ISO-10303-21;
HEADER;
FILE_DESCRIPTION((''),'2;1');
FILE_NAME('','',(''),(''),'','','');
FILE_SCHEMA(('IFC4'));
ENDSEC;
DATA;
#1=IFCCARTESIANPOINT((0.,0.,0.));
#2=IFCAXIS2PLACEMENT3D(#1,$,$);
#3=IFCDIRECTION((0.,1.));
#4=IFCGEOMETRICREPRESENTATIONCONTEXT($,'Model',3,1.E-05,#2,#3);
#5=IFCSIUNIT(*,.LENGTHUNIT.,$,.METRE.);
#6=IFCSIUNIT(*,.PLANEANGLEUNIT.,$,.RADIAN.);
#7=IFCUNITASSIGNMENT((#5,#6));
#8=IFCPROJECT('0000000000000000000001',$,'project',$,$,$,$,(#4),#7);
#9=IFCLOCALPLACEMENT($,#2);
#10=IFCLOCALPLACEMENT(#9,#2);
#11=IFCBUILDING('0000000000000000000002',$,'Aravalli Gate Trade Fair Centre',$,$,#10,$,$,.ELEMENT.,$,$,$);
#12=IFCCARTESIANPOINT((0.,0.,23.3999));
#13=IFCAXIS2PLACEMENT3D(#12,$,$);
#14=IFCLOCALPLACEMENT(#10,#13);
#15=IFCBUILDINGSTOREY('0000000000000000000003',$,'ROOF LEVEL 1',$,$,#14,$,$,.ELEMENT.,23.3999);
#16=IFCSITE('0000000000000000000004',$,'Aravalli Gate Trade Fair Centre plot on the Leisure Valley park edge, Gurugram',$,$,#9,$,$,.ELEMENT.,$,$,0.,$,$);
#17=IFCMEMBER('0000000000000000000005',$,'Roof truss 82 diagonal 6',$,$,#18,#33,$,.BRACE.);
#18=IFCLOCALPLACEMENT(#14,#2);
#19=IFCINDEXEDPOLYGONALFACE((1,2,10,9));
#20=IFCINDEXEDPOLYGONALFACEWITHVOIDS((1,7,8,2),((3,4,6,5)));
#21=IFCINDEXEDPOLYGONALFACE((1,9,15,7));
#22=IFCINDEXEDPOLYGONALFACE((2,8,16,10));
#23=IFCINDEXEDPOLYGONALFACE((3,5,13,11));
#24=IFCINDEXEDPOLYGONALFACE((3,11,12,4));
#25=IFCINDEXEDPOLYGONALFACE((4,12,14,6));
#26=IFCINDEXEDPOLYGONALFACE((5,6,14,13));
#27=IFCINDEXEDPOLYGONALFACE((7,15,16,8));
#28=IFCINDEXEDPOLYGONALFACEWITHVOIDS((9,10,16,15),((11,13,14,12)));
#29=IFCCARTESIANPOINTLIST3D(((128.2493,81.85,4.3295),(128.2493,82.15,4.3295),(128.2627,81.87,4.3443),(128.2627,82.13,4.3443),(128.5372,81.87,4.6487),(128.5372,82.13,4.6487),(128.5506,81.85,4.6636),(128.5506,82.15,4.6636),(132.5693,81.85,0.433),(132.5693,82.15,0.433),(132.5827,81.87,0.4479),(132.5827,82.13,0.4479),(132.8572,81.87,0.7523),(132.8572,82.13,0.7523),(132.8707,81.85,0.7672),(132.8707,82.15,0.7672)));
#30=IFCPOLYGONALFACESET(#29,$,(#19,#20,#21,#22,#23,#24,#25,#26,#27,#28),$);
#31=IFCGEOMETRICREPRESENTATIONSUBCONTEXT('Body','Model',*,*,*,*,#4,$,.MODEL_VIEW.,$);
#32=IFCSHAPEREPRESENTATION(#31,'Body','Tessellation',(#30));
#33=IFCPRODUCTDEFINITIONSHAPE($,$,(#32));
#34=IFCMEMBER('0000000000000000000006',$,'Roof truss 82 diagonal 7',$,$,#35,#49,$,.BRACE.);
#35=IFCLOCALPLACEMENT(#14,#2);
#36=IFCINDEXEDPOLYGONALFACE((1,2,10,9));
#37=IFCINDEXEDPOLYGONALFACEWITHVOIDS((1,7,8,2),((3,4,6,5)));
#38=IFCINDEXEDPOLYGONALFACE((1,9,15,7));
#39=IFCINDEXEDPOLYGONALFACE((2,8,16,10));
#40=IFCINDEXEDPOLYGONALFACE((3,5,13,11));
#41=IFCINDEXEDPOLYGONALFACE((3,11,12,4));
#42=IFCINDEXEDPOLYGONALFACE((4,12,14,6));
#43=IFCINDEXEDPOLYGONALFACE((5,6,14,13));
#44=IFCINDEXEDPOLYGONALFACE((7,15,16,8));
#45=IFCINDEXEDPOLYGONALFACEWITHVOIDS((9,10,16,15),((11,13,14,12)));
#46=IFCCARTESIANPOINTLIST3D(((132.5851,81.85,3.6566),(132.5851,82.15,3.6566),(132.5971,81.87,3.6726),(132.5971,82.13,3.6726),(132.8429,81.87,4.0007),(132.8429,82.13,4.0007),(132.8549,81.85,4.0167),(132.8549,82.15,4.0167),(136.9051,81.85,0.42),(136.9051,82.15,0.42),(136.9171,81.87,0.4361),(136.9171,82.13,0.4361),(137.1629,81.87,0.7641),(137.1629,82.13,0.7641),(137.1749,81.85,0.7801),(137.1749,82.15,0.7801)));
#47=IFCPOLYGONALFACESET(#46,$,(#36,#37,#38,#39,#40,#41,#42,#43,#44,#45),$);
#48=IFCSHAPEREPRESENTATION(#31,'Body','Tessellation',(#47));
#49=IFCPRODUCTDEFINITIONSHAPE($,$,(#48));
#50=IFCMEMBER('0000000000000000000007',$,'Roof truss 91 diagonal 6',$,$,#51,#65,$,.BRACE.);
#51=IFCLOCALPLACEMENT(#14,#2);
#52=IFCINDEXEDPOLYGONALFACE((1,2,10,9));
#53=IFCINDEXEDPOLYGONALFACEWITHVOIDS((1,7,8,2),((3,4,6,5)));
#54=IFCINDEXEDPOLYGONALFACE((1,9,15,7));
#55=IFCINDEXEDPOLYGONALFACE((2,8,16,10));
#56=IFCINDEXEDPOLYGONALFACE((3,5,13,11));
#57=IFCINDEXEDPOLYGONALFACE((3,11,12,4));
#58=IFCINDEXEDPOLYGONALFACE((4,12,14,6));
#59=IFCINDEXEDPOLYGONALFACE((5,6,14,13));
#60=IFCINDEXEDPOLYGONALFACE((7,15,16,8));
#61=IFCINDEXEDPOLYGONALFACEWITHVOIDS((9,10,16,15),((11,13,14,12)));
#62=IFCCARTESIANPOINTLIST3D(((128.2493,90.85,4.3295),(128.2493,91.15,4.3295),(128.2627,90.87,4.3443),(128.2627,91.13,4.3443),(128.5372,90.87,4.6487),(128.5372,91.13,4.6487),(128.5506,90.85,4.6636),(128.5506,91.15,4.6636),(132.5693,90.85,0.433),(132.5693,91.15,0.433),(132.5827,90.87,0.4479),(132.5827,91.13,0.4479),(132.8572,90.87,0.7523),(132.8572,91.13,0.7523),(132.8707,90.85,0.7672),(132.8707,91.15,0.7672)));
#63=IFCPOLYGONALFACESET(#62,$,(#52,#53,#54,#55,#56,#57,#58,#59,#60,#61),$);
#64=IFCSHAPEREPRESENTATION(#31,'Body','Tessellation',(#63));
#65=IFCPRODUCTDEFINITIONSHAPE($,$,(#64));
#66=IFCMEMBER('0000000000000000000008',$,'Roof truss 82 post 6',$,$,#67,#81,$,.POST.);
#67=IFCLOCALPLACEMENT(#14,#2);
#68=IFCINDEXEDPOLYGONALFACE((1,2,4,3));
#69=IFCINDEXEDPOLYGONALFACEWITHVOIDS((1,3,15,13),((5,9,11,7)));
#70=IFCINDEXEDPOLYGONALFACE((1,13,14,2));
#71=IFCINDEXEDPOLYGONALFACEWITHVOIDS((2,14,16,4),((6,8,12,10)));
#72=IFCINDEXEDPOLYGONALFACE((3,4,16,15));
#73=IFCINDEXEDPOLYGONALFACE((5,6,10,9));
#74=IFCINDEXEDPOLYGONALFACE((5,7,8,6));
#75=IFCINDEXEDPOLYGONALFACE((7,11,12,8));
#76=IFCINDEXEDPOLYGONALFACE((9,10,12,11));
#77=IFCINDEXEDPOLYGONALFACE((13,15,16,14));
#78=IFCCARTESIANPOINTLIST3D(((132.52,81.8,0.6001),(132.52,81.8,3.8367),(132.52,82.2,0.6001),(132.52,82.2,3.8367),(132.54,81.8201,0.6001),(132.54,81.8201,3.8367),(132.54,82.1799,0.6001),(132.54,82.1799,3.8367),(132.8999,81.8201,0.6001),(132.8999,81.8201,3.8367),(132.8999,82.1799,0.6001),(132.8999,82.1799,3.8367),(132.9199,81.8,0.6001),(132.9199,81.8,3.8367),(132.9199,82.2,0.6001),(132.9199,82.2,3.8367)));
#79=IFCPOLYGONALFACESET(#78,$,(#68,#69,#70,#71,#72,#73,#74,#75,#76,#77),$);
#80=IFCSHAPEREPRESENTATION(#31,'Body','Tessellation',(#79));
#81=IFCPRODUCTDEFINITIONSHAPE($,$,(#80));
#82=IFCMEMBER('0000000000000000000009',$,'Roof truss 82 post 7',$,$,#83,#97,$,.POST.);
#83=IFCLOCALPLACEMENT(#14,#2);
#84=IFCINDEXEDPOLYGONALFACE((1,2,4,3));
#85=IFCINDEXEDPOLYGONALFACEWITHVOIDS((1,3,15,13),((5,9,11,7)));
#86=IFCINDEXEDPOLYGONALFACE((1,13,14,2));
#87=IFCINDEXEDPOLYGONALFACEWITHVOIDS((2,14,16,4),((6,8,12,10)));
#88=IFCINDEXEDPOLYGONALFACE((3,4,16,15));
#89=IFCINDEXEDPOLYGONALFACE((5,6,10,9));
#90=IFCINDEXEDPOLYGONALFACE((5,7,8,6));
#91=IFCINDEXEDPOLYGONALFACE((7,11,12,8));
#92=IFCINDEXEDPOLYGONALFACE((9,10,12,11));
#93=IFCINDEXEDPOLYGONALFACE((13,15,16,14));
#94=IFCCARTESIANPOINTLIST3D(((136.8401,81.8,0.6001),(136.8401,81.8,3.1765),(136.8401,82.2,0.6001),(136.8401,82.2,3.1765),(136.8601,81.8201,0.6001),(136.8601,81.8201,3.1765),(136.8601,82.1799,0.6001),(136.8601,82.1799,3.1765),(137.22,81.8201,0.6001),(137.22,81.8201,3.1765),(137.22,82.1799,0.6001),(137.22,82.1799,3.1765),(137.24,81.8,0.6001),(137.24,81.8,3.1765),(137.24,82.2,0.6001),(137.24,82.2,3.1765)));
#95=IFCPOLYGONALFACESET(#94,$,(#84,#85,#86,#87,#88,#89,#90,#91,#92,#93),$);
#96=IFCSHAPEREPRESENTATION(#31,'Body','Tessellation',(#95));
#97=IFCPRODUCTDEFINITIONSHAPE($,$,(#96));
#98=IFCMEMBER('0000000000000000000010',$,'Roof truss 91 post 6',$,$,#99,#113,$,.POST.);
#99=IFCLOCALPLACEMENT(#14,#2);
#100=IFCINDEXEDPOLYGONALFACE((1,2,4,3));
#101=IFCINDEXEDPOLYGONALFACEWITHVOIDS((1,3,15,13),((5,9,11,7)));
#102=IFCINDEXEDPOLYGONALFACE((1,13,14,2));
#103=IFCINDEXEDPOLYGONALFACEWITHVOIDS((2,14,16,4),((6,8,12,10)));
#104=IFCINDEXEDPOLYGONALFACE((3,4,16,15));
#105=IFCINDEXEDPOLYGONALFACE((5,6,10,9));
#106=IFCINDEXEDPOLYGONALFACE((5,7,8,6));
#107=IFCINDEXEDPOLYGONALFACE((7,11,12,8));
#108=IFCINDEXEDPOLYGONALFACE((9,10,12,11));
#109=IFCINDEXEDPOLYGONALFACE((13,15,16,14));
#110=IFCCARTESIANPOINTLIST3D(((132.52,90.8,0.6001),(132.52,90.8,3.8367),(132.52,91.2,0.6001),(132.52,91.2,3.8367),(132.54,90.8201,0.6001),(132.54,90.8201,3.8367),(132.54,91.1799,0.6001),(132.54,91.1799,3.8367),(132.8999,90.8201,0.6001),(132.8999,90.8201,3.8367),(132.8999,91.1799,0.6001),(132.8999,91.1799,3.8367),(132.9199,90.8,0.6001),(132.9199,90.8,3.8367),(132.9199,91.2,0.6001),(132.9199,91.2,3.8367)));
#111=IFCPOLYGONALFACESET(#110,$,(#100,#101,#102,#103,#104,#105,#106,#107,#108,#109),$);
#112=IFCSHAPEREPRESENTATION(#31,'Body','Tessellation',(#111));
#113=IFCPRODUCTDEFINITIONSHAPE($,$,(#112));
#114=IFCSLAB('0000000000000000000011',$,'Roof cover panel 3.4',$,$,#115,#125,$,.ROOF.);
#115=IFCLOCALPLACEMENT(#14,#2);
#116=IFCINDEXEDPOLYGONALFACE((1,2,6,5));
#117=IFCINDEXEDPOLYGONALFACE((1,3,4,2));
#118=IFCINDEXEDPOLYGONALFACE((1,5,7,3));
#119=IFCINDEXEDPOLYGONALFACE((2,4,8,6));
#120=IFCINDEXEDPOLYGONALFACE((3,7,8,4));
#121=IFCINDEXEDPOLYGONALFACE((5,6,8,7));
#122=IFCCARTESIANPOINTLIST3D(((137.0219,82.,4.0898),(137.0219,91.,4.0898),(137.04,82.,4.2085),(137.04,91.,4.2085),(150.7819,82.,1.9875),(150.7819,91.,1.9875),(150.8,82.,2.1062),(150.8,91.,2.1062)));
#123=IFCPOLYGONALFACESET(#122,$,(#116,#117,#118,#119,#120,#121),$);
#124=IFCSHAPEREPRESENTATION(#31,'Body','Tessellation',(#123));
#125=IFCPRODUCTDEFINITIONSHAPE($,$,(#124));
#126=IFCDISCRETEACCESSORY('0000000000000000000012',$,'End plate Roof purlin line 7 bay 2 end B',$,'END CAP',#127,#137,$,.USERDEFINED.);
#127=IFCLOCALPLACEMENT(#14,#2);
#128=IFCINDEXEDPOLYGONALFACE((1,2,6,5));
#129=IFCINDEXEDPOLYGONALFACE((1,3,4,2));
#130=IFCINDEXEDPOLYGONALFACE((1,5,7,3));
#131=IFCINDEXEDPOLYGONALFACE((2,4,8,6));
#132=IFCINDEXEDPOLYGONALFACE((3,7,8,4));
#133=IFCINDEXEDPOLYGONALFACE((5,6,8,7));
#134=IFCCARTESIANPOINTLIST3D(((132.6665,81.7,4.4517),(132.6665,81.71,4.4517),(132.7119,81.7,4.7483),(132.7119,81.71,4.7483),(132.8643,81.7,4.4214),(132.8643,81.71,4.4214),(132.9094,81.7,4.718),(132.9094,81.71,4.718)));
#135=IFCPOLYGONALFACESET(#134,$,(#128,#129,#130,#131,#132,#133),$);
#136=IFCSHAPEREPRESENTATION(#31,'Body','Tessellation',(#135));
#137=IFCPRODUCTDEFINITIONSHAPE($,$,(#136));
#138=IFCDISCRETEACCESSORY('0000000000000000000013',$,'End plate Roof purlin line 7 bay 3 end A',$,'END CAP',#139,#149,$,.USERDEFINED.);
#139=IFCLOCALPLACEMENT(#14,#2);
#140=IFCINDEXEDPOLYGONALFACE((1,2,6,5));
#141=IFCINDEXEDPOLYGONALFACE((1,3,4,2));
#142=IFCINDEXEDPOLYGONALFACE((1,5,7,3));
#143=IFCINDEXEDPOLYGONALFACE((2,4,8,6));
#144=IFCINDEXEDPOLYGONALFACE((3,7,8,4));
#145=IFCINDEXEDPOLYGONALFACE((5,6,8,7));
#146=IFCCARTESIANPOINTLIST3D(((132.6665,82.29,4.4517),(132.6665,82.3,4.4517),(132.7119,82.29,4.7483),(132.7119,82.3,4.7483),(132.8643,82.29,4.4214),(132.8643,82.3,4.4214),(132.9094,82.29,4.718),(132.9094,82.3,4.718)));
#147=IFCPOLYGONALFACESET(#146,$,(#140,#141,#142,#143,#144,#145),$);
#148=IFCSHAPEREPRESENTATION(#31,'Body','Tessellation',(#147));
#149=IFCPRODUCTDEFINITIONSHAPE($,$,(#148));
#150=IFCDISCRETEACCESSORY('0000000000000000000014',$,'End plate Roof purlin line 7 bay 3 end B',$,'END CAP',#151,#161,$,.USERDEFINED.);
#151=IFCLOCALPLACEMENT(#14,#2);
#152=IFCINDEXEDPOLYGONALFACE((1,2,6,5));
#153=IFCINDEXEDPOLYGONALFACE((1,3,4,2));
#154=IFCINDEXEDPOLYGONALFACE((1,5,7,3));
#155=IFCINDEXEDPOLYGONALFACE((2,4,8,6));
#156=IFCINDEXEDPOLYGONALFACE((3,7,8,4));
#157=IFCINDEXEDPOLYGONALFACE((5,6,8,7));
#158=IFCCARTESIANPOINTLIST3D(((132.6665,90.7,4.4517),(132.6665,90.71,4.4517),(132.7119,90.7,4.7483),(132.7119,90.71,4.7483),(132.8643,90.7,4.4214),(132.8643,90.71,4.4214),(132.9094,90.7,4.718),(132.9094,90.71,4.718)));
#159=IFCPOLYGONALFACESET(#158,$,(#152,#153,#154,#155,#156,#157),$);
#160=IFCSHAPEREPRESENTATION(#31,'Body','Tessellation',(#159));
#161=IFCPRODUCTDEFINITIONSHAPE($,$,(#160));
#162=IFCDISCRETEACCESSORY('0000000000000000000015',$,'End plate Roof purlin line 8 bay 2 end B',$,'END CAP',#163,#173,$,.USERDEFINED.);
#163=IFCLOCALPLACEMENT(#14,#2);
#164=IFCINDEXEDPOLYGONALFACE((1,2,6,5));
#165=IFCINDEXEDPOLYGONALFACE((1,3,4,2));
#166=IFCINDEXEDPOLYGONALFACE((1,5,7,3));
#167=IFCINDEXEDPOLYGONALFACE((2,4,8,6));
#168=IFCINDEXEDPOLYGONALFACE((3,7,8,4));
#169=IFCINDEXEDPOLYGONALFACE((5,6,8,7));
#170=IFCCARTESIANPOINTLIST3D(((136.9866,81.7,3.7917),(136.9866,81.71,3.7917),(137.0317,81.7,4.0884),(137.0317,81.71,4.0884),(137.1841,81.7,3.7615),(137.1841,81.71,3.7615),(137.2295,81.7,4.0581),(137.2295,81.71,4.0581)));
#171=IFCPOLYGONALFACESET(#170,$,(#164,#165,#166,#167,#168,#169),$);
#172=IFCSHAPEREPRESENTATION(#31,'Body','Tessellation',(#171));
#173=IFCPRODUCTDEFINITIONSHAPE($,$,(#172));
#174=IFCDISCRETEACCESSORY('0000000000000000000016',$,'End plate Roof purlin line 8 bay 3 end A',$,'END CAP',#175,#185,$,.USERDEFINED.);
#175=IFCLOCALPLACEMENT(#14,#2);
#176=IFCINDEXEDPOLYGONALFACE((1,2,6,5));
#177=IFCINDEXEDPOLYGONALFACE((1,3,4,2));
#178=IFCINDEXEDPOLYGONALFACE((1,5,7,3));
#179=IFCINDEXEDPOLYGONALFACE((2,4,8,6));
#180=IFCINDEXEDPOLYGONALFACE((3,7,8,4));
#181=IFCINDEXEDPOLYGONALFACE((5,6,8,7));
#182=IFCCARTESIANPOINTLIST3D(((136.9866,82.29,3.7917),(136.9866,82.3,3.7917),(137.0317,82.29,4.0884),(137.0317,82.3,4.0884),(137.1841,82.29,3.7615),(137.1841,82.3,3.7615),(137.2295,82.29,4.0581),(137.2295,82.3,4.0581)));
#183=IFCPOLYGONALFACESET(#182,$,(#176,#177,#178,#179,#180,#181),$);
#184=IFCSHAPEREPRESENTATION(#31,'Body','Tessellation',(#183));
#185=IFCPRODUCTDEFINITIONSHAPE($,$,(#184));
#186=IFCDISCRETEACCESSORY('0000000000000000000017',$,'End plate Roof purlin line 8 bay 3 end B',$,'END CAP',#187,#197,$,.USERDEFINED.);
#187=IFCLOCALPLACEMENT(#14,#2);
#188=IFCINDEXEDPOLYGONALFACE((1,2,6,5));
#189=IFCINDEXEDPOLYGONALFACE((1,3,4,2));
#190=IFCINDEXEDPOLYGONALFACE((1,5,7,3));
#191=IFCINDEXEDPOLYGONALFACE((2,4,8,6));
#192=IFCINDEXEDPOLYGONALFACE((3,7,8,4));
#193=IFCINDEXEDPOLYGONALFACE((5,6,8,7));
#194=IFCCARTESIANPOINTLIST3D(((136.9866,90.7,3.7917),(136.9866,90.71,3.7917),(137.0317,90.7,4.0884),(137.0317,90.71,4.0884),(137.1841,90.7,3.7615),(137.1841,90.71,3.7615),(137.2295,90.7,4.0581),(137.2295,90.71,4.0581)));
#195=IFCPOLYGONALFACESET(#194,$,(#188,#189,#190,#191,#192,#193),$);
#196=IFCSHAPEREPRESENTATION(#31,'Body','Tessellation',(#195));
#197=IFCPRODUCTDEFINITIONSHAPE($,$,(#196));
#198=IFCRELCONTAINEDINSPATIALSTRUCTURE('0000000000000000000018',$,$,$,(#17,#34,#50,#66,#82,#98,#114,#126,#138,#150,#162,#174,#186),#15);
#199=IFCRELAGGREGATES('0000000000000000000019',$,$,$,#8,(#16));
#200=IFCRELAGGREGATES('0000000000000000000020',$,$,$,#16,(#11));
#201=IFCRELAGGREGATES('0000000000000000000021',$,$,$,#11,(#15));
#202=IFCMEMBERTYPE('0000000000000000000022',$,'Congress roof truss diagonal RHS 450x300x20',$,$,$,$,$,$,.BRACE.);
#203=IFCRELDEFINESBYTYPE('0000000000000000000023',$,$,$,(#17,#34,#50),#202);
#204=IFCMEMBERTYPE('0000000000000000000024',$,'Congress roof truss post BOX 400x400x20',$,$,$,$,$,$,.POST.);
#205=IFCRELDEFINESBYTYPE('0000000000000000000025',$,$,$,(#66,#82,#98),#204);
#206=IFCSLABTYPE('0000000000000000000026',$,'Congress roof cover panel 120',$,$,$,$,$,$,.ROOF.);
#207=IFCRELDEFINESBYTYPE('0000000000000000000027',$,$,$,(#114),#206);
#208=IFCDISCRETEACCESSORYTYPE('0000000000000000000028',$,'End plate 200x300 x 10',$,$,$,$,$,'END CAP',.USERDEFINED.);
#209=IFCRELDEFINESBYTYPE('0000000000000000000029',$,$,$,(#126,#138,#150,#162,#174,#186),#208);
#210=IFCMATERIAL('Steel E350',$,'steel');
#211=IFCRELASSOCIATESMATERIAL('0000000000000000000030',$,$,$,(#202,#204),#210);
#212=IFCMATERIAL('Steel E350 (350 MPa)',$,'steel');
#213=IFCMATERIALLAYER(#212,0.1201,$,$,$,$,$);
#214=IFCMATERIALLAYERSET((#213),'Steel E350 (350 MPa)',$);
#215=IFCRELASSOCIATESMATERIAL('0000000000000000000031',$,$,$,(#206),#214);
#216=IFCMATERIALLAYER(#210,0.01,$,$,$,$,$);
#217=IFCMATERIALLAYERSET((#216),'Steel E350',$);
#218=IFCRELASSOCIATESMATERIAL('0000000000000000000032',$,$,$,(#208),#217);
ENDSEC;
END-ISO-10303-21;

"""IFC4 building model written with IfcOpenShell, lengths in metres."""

from ifc_helpers import new_model, si_unit, direction, frame, origin, origin_2d, place, context, subcontext, project, spatial, polyline, hollow_rectangle, outline, extrude, material, layer, layer_set, material_profile, profile_set, type_object, element, save


model = new_model("IFC4")

# Units and contexts
model_context = context("Model", 3, precision=1e-05, world=origin(), true_north=direction((0.0, 1.0)))
body_context = subcontext(model_context, "Body", "Model", "MODEL_VIEW")
ifc_project = project(units=[si_unit("LENGTHUNIT", "METRE"), si_unit("PLANEANGLEUNIT", "RADIAN")], contexts=[model_context])

# Site, building, storey
site_placement = place(None, origin())
site = spatial("IfcSite", under=ifc_project, at=site_placement, Name="Aravalli Gate Trade Fair Centre plot on the Leisure Valley park edge, Gurugram", CompositionType="ELEMENT", RefElevation=0.0)
building_placement = place(site_placement, origin())
building = spatial("IfcBuilding", under=site, at=building_placement, Name="Aravalli Gate Trade Fair Centre", CompositionType="ELEMENT")
storey_placement = place(building_placement, frame((0.0, 0.0, 23.3999)))
storey = spatial("IfcBuildingStorey", under=building, at=storey_placement, Name="ROOF LEVEL 1", CompositionType="ELEMENT", Elevation=23.3999)

# Members
ifc_material_1 = material(Name="Steel E350", Category="steel")
ifc_material_profile_1 = material_profile(ifc_material_1, hollow_rectangle(XDim=0.3, YDim=0.45, WallThickness=0.02, at=origin_2d()), Name="RHS 450x300x20")
ifc_profile_set_1 = profile_set([ifc_material_profile_1], Name="Steel E350")
member_type_1 = type_object("IfcMemberType", Name="Congress roof truss diagonal RHS 450x300x20", PredefinedType="BRACE", material=ifc_profile_set_1)
member_1_placement = place(storey_placement, frame((132.72, 82.0, 0.6001), z_axis=(-0.742574, 0.0, 0.669764), x_axis=(0.0, -1.0, 0.0)))
element("IfcMember", 1, at=member_1_placement, inside=storey, type_object=member_type_1, Name="Roof truss 82 diagonal 6", PredefinedType="BRACE", context=body_context, shape_type="SweptSolid", body=[
    extrude(hollow_rectangle(XDim=0.3, YDim=0.45, WallThickness=0.02, at=origin_2d()), origin(), (0.0, 0.0, 1.0), 5.8176),
])
member_2_placement = place(storey_placement, frame((137.04, 82.0, 0.6001), z_axis=(-0.800309, 0.0, 0.599587), x_axis=(0.0, -1.0, 0.0)))
element("IfcMember", 2, at=member_2_placement, inside=storey, type_object=member_type_1, Name="Roof truss 82 diagonal 7", PredefinedType="BRACE", context=body_context, shape_type="SweptSolid", body=[
    extrude(hollow_rectangle(XDim=0.3, YDim=0.45, WallThickness=0.02, at=origin_2d()), origin(), (0.0, 0.0, 1.0), 5.3979),
])
member_3_placement = place(storey_placement, frame((132.72, 91.0, 0.6001), z_axis=(-0.742574, 0.0, 0.669764), x_axis=(0.0, -1.0, 0.0)))
element("IfcMember", 3, at=member_3_placement, inside=storey, type_object=member_type_1, Name="Roof truss 91 diagonal 6", PredefinedType="BRACE", context=body_context, shape_type="SweptSolid", body=[
    extrude(hollow_rectangle(XDim=0.3, YDim=0.45, WallThickness=0.02, at=origin_2d()), origin(), (0.0, 0.0, 1.0), 5.8176),
])
ifc_material_profile_2 = material_profile(ifc_material_1, hollow_rectangle(XDim=0.3999, YDim=0.3999, WallThickness=0.02, at=origin_2d()), Name="BOX 400x400x20")
ifc_profile_set_2 = profile_set([ifc_material_profile_2], Name="Steel E350")
member_type_2 = type_object("IfcMemberType", Name="Congress roof truss post BOX 400x400x20", PredefinedType="POST", material=ifc_profile_set_2)
member_4_placement = place(storey_placement, frame((132.72, 82.0, 0.6001), z_axis=(0.0, 0.0, 1.0), x_axis=(1.0, 0.0, 0.0)))
element("IfcMember", 4, at=member_4_placement, inside=storey, type_object=member_type_2, Name="Roof truss 82 post 6", PredefinedType="POST", context=body_context, shape_type="SweptSolid", body=[
    extrude(hollow_rectangle(XDim=0.3999, YDim=0.3999, WallThickness=0.02, at=origin_2d()), origin(), (0.0, 0.0, 1.0), 3.2366),
])
member_5_placement = place(storey_placement, frame((137.04, 82.0, 0.6001), z_axis=(0.0, 0.0, 1.0), x_axis=(1.0, 0.0, 0.0)))
element("IfcMember", 5, at=member_5_placement, inside=storey, type_object=member_type_2, Name="Roof truss 82 post 7", PredefinedType="POST", context=body_context, shape_type="SweptSolid", body=[
    extrude(hollow_rectangle(XDim=0.3999, YDim=0.3999, WallThickness=0.02, at=origin_2d()), origin(), (0.0, 0.0, 1.0), 2.5764),
])
member_6_placement = place(storey_placement, frame((132.72, 91.0, 0.6001), z_axis=(0.0, 0.0, 1.0), x_axis=(1.0, 0.0, 0.0)))
element("IfcMember", 6, at=member_6_placement, inside=storey, type_object=member_type_2, Name="Roof truss 91 post 6", PredefinedType="POST", context=body_context, shape_type="SweptSolid", body=[
    extrude(hollow_rectangle(XDim=0.3999, YDim=0.3999, WallThickness=0.02, at=origin_2d()), origin(), (0.0, 0.0, 1.0), 3.2366),
])

# Slab
ifc_material_2 = material(Name="Steel E350 (350 MPa)", Category="steel")
ifc_layer_1 = layer(ifc_material_2, 0.1201)
ifc_layer_set_1 = layer_set([ifc_layer_1], Name="Steel E350 (350 MPa)")
slab_type = type_object("IfcSlabType", Name="Congress roof cover panel 120", PredefinedType="ROOF", material=ifc_layer_set_1)
slab_placement = place(storey_placement, frame((137.04, 82.0, 4.2085), z_axis=(0.15103, 0.0, 0.988529), x_axis=(0.988529, 0.0, -0.15103)))
element("IfcSlab", 7, at=slab_placement, inside=storey, type_object=slab_type, Name="Roof cover panel 3.4", PredefinedType="ROOF", context=body_context, shape_type="SweptSolid", body=[
    extrude(outline(polyline([(0.0, 0.0), (13.9197, 0.0), (13.9197, 9.0), (0.0, 9.0), (0.0, 0.0)])), origin(), (0.0, 0.0, -1.0), 0.1201),
])

# Discrete accessories
ifc_layer_2 = layer(ifc_material_1, 0.01)
ifc_layer_set_2 = layer_set([ifc_layer_2], Name="Steel E350")
discrete_accessory_type_1 = type_object("IfcDiscreteAccessoryType", Name="End plate 200x300 x 10", ElementType="END CAP", PredefinedType="USERDEFINED", material=ifc_layer_set_2)
for number, where, z_axis, x_axis, name in (
    (8, (132.8643, 81.71, 4.4214), (0.0, 1.0, 0.0), (-0.988484, 0.0, 0.151324), "End plate Roof purlin line 7 bay 2 end B"),
    (9, (132.8643, 82.3, 4.4214), (0.0, 1.0, 0.0), (-0.988484, 0.0, 0.151324), "End plate Roof purlin line 7 bay 3 end A"),
    (10, (132.8643, 90.71, 4.4214), (0.0, 1.0, 0.0), (-0.988484, 0.0, 0.151324), "End plate Roof purlin line 7 bay 3 end B"),
):
    element("IfcDiscreteAccessory", number, at=place(storey_placement, frame(where, z_axis=z_axis, x_axis=x_axis)), inside=storey, type_object=discrete_accessory_type_1, Name=name, ObjectType="END CAP", PredefinedType="USERDEFINED", context=body_context, shape_type="SweptSolid", body=[
        extrude(outline(polyline([(0.0, 0.0), (0.2001, 0.0), (0.2001, 0.3001), (0.0002, 0.3), (0.0, 0.0)])), origin(), (0.0, 0.0, -1.0), 0.01),
    ])
for number, where, z_axis, x_axis, name in (
    (11, (137.1841, 81.71, 3.7615), (0.0, 1.0, 0.0), (-0.988456, 0.0, 0.151506), "End plate Roof purlin line 8 bay 2 end B"),
    (12, (137.1841, 82.3, 3.7615), (0.0, 1.0, 0.0), (-0.988456, 0.0, 0.151506), "End plate Roof purlin line 8 bay 3 end A"),
    (13, (137.1841, 90.71, 3.7615), (0.0, 1.0, 0.0), (-0.988456, 0.0, 0.151506), "End plate Roof purlin line 8 bay 3 end B"),
):
    element("IfcDiscreteAccessory", number, at=place(storey_placement, frame(where, z_axis=z_axis, x_axis=x_axis)), inside=storey, type_object=discrete_accessory_type_1, Name=name, ObjectType="END CAP", PredefinedType="USERDEFINED", context=body_context, shape_type="SweptSolid", body=[
        extrude(outline(polyline([(0.0, 0.0), (0.1998, 0.0), (0.2001, 0.3), (0.0001, 0.3001), (0.0, 0.0)])), origin(), (0.0, 0.0, -1.0), 0.01),
    ])

save(model, "model.ifc")
